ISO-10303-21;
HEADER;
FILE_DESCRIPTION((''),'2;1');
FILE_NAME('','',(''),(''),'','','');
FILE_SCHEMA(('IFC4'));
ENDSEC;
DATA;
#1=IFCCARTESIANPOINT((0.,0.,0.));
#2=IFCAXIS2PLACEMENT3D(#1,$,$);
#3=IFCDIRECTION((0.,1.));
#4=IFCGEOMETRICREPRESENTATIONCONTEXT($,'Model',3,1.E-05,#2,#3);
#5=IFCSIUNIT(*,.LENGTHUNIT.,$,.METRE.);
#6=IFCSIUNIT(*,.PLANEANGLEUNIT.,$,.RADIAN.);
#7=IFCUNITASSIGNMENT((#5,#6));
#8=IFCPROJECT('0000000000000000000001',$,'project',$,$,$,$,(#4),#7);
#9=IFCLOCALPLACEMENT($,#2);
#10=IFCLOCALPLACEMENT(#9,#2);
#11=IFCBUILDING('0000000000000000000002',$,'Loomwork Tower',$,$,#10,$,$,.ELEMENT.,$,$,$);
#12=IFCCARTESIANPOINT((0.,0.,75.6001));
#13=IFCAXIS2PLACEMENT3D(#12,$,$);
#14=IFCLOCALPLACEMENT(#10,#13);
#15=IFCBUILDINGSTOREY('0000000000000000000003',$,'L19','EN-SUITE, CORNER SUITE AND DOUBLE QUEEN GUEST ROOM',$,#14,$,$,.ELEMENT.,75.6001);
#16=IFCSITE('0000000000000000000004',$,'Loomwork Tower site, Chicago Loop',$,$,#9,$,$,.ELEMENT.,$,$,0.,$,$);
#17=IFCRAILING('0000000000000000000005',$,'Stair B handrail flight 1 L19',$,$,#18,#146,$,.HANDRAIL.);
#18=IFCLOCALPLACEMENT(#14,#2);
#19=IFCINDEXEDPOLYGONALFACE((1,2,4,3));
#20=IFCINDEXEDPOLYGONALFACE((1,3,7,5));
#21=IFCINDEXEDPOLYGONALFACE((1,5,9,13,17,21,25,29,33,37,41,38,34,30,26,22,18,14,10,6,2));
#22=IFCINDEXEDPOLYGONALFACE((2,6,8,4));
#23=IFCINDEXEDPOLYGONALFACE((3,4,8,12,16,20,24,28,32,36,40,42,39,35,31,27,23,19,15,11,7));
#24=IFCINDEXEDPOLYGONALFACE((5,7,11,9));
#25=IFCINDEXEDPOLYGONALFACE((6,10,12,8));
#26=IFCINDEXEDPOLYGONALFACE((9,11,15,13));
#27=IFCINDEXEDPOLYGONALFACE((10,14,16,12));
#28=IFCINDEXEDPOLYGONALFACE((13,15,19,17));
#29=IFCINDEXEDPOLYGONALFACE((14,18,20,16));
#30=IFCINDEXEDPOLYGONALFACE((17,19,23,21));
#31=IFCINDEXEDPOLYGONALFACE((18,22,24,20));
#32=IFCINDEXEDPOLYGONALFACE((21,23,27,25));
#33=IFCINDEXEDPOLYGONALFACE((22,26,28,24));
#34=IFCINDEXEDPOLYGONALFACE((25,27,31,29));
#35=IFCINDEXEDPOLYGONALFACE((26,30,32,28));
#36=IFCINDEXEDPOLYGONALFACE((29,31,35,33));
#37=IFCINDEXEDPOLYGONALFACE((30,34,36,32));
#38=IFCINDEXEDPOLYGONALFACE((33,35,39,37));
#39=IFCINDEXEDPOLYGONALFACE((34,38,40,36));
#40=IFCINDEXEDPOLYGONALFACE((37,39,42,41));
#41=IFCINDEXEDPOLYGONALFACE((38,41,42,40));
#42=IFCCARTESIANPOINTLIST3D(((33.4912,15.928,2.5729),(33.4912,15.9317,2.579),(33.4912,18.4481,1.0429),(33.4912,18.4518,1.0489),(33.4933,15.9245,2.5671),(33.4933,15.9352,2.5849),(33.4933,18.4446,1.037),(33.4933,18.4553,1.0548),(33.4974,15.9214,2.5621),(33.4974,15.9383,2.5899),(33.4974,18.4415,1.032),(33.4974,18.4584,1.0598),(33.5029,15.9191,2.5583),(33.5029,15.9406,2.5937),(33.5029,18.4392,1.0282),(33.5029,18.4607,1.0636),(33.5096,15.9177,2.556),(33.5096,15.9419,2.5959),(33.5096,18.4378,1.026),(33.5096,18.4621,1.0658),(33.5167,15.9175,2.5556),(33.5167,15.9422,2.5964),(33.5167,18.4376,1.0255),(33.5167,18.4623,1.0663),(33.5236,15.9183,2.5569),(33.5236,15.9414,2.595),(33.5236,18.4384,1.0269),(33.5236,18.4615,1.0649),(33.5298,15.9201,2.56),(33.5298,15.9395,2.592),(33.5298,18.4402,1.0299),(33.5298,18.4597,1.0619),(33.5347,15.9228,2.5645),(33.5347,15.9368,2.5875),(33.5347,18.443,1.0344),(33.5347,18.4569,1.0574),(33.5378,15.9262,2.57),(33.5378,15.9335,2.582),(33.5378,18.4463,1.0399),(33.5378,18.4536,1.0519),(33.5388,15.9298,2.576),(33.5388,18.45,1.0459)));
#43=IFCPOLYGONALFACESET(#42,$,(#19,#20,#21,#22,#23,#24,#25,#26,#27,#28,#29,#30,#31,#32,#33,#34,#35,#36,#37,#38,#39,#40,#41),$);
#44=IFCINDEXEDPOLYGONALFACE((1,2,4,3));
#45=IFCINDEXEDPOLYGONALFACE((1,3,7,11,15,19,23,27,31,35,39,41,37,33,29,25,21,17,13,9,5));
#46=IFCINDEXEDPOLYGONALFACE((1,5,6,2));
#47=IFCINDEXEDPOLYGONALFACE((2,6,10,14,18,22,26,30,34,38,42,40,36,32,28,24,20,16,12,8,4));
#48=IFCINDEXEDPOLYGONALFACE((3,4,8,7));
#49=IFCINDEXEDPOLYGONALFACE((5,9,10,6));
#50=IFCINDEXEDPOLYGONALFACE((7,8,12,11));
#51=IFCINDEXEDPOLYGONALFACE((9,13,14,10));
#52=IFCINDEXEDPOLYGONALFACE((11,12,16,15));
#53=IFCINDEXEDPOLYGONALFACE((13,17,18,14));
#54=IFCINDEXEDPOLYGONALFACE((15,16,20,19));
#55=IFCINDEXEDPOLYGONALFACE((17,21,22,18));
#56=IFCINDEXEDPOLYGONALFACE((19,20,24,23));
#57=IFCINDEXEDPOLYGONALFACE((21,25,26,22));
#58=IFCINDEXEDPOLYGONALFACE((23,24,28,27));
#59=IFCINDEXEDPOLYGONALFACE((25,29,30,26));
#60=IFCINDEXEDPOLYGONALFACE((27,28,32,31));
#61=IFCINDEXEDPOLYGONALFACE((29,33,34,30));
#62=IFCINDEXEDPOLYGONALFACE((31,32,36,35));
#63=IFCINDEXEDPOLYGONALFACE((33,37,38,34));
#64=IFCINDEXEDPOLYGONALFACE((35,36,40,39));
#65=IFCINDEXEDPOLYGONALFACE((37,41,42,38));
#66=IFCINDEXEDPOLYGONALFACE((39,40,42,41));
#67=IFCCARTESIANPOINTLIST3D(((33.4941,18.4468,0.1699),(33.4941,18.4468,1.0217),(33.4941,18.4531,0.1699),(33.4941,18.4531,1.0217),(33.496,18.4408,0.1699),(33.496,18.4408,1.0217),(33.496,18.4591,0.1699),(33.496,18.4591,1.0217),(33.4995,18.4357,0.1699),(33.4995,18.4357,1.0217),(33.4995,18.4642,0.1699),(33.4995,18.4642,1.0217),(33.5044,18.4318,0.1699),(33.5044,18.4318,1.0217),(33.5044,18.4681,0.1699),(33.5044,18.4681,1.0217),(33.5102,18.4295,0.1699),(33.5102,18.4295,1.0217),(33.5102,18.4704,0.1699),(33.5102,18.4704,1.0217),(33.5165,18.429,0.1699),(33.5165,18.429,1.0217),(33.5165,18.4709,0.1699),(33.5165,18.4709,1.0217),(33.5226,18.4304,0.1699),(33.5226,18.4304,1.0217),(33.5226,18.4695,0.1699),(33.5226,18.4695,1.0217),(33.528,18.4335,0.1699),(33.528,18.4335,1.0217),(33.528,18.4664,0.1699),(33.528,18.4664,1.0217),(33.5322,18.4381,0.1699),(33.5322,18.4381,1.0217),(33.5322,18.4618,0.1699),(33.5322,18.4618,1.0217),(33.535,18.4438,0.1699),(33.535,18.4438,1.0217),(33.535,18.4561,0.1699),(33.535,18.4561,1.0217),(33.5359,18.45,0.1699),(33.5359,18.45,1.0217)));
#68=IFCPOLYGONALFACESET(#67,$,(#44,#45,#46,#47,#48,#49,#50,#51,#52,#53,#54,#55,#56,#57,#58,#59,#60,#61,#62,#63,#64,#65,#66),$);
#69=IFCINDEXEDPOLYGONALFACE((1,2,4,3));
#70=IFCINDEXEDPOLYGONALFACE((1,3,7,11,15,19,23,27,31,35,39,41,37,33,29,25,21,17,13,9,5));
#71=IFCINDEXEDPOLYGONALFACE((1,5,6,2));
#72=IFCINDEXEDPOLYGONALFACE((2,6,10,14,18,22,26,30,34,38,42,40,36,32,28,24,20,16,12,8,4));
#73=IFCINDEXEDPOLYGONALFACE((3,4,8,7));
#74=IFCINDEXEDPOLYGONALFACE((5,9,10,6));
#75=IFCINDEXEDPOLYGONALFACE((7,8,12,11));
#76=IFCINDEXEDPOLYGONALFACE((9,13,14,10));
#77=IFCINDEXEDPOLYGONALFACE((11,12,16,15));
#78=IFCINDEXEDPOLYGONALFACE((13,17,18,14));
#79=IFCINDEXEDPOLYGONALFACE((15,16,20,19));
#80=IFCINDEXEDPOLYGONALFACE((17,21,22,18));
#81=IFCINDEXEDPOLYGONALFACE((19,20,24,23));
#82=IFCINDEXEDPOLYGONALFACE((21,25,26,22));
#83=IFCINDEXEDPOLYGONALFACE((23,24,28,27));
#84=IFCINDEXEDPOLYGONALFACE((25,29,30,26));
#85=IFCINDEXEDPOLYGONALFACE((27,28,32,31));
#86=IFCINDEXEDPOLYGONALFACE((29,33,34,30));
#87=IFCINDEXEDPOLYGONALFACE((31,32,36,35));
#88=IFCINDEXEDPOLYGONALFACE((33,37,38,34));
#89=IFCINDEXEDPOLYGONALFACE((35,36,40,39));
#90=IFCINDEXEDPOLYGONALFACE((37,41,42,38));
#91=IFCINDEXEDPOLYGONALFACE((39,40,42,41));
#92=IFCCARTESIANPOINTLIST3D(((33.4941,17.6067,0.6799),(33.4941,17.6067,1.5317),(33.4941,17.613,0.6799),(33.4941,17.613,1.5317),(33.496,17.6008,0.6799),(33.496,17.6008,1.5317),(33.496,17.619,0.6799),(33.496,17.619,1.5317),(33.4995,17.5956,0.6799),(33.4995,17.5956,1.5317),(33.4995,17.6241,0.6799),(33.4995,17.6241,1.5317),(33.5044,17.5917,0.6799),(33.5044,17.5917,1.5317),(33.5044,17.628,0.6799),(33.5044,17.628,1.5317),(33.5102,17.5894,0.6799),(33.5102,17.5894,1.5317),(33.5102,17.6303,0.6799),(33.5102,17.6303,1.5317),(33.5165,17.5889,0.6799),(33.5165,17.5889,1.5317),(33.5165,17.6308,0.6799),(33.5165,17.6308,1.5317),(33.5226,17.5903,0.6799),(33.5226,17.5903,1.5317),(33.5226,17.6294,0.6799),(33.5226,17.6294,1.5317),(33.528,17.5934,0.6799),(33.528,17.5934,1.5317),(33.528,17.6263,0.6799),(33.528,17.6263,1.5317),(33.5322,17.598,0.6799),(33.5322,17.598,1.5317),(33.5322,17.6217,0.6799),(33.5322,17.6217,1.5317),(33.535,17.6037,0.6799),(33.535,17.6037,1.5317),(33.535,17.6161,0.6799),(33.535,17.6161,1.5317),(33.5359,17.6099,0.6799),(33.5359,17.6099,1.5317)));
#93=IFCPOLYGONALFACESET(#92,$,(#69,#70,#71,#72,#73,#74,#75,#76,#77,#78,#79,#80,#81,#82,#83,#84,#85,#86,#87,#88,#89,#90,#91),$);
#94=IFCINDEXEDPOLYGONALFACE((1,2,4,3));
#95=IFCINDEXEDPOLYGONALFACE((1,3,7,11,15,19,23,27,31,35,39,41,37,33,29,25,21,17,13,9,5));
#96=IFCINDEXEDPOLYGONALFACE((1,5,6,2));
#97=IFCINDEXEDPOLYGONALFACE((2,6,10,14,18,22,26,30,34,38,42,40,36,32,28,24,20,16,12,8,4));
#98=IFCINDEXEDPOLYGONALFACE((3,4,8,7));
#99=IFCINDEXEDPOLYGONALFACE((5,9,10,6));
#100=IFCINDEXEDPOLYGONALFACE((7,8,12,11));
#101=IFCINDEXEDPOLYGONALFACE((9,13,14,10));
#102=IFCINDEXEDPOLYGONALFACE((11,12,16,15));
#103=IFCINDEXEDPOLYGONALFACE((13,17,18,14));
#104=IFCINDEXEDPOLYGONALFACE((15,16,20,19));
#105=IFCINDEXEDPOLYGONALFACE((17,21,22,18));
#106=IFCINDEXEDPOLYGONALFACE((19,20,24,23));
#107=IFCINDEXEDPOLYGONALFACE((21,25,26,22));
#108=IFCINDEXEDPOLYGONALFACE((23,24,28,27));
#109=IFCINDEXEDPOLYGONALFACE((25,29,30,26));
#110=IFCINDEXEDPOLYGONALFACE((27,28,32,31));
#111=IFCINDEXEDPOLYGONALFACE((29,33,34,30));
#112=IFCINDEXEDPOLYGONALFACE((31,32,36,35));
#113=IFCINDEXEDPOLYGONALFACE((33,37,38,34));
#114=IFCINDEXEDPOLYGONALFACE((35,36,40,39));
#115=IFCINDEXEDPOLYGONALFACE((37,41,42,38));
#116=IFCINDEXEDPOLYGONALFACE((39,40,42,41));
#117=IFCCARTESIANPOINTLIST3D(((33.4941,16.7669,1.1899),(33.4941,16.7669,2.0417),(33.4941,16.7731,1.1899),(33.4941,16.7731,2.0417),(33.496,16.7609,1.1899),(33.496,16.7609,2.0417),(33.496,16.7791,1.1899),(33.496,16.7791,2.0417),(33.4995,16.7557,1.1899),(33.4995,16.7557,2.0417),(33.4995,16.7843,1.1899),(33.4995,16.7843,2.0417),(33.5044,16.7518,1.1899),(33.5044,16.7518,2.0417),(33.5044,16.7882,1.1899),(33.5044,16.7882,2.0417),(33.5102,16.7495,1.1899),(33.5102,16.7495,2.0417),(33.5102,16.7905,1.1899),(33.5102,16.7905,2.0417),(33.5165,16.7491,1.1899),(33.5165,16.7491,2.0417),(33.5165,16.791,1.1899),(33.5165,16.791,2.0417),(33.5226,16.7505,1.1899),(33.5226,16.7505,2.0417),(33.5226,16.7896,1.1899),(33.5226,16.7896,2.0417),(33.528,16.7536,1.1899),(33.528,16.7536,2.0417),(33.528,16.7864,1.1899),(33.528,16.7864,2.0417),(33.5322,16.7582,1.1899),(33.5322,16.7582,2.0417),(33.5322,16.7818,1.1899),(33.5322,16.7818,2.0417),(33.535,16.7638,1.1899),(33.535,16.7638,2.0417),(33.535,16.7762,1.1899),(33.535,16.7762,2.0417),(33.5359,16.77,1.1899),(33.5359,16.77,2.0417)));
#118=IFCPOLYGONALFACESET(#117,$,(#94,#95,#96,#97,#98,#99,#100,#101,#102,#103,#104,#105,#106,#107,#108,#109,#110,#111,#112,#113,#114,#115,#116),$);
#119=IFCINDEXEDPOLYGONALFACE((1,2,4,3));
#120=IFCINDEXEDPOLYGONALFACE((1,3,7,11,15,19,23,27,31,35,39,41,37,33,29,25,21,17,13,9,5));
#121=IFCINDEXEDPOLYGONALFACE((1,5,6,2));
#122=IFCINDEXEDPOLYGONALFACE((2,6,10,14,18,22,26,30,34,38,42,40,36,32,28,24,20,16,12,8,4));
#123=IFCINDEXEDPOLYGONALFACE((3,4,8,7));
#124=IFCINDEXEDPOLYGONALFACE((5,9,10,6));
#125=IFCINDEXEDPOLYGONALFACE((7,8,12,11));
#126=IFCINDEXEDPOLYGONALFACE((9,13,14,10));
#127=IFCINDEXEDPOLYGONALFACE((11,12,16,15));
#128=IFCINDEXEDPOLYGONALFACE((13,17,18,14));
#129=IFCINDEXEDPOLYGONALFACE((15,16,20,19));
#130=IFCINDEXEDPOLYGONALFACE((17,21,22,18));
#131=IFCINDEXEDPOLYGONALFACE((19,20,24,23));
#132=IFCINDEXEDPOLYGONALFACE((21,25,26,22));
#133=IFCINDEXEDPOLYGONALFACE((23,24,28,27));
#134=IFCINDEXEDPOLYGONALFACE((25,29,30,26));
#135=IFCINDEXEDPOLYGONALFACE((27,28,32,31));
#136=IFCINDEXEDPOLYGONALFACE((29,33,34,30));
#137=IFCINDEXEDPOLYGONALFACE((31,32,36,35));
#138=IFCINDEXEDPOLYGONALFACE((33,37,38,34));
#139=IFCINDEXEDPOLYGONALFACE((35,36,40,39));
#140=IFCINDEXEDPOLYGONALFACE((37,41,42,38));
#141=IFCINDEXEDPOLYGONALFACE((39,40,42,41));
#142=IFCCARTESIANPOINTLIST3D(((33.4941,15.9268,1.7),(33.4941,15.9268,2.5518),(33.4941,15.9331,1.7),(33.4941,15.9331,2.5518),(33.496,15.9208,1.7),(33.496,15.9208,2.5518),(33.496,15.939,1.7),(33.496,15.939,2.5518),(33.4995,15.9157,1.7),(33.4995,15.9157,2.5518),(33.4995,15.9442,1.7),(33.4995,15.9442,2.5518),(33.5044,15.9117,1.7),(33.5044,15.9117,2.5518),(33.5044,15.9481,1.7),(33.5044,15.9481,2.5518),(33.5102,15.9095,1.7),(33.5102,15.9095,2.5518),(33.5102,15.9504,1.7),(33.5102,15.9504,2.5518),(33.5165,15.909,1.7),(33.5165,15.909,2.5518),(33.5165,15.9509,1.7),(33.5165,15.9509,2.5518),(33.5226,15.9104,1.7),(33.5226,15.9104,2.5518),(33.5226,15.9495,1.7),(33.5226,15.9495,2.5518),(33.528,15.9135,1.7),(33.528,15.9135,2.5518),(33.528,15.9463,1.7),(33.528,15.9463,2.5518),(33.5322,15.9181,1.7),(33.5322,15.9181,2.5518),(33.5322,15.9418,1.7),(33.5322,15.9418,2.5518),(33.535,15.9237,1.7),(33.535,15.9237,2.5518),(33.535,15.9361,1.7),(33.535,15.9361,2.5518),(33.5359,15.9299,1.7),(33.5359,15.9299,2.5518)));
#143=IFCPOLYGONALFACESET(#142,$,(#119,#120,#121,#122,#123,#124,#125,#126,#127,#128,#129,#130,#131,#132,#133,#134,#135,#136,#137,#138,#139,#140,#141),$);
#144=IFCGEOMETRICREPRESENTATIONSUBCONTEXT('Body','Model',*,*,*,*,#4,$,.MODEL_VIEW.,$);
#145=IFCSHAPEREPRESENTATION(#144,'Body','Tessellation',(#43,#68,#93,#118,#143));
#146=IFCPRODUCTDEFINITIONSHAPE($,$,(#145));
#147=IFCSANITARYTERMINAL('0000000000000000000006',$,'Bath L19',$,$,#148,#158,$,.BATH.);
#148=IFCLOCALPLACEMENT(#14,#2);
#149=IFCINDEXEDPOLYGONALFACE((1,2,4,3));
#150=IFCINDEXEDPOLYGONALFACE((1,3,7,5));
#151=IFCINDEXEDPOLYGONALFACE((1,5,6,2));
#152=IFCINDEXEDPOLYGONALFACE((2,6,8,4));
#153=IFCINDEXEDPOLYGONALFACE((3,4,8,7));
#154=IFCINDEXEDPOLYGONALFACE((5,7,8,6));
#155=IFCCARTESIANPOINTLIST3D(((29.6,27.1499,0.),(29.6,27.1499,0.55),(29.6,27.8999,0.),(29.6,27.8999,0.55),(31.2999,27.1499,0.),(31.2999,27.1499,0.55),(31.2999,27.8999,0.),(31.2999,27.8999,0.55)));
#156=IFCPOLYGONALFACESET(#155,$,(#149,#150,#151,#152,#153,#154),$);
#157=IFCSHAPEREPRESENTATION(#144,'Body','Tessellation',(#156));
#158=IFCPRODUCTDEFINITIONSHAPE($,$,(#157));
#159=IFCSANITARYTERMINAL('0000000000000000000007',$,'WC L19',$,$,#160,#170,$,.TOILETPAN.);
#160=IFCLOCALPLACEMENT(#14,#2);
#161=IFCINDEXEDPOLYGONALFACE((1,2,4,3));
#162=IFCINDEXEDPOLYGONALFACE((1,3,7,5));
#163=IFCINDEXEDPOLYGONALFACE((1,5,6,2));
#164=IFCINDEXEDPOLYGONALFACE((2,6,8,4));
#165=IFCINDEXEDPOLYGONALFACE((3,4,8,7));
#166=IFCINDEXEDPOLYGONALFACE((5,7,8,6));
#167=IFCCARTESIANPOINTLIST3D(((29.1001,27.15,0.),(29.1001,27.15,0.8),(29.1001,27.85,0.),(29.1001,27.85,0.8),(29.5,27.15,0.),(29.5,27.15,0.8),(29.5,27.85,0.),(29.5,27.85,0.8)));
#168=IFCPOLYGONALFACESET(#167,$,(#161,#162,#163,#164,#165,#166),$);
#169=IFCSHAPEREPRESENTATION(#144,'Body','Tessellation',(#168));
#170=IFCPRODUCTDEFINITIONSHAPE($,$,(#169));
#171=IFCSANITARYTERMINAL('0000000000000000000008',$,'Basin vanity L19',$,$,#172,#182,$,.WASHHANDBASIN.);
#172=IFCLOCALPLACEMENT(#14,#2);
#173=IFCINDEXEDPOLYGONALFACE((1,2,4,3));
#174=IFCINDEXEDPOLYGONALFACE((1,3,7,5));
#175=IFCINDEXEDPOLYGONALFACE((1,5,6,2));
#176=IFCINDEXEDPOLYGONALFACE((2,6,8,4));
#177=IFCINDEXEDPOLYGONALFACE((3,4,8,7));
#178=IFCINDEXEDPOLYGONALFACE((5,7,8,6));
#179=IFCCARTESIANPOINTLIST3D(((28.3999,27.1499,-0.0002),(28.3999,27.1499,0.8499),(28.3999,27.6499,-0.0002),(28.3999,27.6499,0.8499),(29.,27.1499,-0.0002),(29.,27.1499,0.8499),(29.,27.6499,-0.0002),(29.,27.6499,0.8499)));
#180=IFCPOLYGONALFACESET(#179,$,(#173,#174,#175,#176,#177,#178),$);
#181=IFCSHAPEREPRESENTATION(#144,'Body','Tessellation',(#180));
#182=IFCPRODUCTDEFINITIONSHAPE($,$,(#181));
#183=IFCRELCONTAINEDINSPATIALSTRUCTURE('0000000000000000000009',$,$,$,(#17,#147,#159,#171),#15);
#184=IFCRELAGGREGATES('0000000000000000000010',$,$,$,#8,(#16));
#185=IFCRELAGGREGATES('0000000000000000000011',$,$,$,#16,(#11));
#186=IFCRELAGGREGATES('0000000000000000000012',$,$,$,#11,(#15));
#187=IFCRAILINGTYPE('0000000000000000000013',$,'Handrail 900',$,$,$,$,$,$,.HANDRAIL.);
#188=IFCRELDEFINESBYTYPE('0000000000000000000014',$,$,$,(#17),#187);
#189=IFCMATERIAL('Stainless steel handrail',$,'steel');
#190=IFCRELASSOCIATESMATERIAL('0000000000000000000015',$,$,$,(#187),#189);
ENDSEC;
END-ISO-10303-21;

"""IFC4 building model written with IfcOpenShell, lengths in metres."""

from ifc_helpers import new_model, si_unit, direction, frame, origin, origin_2d, place, context, subcontext, project, spatial, rectangle, circle, extrude, material, type_object, element, save


model = new_model("IFC4")

# Units and contexts
model_context = context("Model", 3, precision=1e-05, world=origin(), true_north=direction((0.0, 1.0)))
body_context = subcontext(model_context, "Body", "Model", "MODEL_VIEW")
ifc_project = project(units=[si_unit("LENGTHUNIT", "METRE"), si_unit("PLANEANGLEUNIT", "RADIAN")], contexts=[model_context])

# Site, building, storey
site_placement = place(None, origin())
site = spatial("IfcSite", under=ifc_project, at=site_placement, Name="Loomwork Tower site, Chicago Loop", CompositionType="ELEMENT", RefElevation=0.0)
building_placement = place(site_placement, origin())
building = spatial("IfcBuilding", under=site, at=building_placement, Name="Loomwork Tower", CompositionType="ELEMENT")
storey_placement = place(building_placement, frame((0.0, 0.0, 75.6001)))
storey = spatial("IfcBuildingStorey", under=building, at=storey_placement, Name="L19", Description="EN-SUITE, CORNER SUITE AND DOUBLE QUEEN GUEST ROOM", CompositionType="ELEMENT", Elevation=75.6001)

# Railing
ifc_material_1 = material(Name="Stainless steel handrail", Category="steel")
railing_type = type_object("IfcRailingType", Name="Handrail 900", PredefinedType="HANDRAIL", material=ifc_material_1)
railing_placement = place(storey_placement, frame((33.5149, 18.45, 0.1699)))
element("IfcRailing", 1, at=railing_placement, inside=storey, type_object=railing_type, Name="Stair B handrail flight 1 L19", PredefinedType="HANDRAIL", context=body_context, shape_type="SweptSolid", body=[
    extrude(circle(Radius=0.0239, at=origin_2d()), frame((0.0, 0.0, 0.876), z_axis=(0.0, -0.854785, 0.518982), x_axis=(1.0, 0.0, 0.0)), (0.0, 0.0, 1.0), 2.9482),
    extrude(circle(Radius=0.021, at=origin_2d()), origin(), (0.0, 0.0, 1.0), 0.8518),
    extrude(circle(Radius=0.021, at=origin_2d()), frame((0.0, -0.8401, 0.51)), (0.0, 0.0, 1.0), 0.8518),
    extrude(circle(Radius=0.021, at=origin_2d()), frame((0.0, -1.6799, 1.02)), (0.0, 0.0, 1.0), 0.8518),
    extrude(circle(Radius=0.021, at=origin_2d()), frame((0.0, -2.52, 1.53)), (0.0, 0.0, 1.0), 0.8518),
])

# Sanitary terminals
sanitary_terminal_1_placement = place(storey_placement, frame((30.45, 27.5249, 0.0), z_axis=(0.0, 0.0, 1.0), x_axis=(1.0, 0.0, 0.0)))
element("IfcSanitaryTerminal", 2, at=sanitary_terminal_1_placement, inside=storey, Name="Bath L19", PredefinedType="BATH", context=body_context, shape_type="SweptSolid", body=[
    extrude(rectangle(XDim=1.7, YDim=0.75, at=origin_2d()), origin(), (0.0, 0.0, 1.0), 0.55),
])
sanitary_terminal_2_placement = place(storey_placement, frame((29.3, 27.5, 0.0), z_axis=(0.0, 0.0, 1.0), x_axis=(1.0, 0.0, 0.0)))
element("IfcSanitaryTerminal", 3, at=sanitary_terminal_2_placement, inside=storey, Name="WC L19", PredefinedType="TOILETPAN", context=body_context, shape_type="SweptSolid", body=[
    extrude(rectangle(XDim=0.3999, YDim=0.7, at=origin_2d()), origin(), (0.0, 0.0, 1.0), 0.8),
])
sanitary_terminal_3_placement = place(storey_placement, frame((28.7, 27.3999, -0.0002), z_axis=(0.0, 0.0, 1.0), x_axis=(1.0, 0.0, 0.0)))
element("IfcSanitaryTerminal", 4, at=sanitary_terminal_3_placement, inside=storey, Name="Basin vanity L19", PredefinedType="WASHHANDBASIN", context=body_context, shape_type="SweptSolid", body=[
    extrude(rectangle(XDim=0.6001, YDim=0.5, at=origin_2d()), origin(), (0.0, 0.0, 1.0), 0.8501),
])

save(model, "model.ifc")
